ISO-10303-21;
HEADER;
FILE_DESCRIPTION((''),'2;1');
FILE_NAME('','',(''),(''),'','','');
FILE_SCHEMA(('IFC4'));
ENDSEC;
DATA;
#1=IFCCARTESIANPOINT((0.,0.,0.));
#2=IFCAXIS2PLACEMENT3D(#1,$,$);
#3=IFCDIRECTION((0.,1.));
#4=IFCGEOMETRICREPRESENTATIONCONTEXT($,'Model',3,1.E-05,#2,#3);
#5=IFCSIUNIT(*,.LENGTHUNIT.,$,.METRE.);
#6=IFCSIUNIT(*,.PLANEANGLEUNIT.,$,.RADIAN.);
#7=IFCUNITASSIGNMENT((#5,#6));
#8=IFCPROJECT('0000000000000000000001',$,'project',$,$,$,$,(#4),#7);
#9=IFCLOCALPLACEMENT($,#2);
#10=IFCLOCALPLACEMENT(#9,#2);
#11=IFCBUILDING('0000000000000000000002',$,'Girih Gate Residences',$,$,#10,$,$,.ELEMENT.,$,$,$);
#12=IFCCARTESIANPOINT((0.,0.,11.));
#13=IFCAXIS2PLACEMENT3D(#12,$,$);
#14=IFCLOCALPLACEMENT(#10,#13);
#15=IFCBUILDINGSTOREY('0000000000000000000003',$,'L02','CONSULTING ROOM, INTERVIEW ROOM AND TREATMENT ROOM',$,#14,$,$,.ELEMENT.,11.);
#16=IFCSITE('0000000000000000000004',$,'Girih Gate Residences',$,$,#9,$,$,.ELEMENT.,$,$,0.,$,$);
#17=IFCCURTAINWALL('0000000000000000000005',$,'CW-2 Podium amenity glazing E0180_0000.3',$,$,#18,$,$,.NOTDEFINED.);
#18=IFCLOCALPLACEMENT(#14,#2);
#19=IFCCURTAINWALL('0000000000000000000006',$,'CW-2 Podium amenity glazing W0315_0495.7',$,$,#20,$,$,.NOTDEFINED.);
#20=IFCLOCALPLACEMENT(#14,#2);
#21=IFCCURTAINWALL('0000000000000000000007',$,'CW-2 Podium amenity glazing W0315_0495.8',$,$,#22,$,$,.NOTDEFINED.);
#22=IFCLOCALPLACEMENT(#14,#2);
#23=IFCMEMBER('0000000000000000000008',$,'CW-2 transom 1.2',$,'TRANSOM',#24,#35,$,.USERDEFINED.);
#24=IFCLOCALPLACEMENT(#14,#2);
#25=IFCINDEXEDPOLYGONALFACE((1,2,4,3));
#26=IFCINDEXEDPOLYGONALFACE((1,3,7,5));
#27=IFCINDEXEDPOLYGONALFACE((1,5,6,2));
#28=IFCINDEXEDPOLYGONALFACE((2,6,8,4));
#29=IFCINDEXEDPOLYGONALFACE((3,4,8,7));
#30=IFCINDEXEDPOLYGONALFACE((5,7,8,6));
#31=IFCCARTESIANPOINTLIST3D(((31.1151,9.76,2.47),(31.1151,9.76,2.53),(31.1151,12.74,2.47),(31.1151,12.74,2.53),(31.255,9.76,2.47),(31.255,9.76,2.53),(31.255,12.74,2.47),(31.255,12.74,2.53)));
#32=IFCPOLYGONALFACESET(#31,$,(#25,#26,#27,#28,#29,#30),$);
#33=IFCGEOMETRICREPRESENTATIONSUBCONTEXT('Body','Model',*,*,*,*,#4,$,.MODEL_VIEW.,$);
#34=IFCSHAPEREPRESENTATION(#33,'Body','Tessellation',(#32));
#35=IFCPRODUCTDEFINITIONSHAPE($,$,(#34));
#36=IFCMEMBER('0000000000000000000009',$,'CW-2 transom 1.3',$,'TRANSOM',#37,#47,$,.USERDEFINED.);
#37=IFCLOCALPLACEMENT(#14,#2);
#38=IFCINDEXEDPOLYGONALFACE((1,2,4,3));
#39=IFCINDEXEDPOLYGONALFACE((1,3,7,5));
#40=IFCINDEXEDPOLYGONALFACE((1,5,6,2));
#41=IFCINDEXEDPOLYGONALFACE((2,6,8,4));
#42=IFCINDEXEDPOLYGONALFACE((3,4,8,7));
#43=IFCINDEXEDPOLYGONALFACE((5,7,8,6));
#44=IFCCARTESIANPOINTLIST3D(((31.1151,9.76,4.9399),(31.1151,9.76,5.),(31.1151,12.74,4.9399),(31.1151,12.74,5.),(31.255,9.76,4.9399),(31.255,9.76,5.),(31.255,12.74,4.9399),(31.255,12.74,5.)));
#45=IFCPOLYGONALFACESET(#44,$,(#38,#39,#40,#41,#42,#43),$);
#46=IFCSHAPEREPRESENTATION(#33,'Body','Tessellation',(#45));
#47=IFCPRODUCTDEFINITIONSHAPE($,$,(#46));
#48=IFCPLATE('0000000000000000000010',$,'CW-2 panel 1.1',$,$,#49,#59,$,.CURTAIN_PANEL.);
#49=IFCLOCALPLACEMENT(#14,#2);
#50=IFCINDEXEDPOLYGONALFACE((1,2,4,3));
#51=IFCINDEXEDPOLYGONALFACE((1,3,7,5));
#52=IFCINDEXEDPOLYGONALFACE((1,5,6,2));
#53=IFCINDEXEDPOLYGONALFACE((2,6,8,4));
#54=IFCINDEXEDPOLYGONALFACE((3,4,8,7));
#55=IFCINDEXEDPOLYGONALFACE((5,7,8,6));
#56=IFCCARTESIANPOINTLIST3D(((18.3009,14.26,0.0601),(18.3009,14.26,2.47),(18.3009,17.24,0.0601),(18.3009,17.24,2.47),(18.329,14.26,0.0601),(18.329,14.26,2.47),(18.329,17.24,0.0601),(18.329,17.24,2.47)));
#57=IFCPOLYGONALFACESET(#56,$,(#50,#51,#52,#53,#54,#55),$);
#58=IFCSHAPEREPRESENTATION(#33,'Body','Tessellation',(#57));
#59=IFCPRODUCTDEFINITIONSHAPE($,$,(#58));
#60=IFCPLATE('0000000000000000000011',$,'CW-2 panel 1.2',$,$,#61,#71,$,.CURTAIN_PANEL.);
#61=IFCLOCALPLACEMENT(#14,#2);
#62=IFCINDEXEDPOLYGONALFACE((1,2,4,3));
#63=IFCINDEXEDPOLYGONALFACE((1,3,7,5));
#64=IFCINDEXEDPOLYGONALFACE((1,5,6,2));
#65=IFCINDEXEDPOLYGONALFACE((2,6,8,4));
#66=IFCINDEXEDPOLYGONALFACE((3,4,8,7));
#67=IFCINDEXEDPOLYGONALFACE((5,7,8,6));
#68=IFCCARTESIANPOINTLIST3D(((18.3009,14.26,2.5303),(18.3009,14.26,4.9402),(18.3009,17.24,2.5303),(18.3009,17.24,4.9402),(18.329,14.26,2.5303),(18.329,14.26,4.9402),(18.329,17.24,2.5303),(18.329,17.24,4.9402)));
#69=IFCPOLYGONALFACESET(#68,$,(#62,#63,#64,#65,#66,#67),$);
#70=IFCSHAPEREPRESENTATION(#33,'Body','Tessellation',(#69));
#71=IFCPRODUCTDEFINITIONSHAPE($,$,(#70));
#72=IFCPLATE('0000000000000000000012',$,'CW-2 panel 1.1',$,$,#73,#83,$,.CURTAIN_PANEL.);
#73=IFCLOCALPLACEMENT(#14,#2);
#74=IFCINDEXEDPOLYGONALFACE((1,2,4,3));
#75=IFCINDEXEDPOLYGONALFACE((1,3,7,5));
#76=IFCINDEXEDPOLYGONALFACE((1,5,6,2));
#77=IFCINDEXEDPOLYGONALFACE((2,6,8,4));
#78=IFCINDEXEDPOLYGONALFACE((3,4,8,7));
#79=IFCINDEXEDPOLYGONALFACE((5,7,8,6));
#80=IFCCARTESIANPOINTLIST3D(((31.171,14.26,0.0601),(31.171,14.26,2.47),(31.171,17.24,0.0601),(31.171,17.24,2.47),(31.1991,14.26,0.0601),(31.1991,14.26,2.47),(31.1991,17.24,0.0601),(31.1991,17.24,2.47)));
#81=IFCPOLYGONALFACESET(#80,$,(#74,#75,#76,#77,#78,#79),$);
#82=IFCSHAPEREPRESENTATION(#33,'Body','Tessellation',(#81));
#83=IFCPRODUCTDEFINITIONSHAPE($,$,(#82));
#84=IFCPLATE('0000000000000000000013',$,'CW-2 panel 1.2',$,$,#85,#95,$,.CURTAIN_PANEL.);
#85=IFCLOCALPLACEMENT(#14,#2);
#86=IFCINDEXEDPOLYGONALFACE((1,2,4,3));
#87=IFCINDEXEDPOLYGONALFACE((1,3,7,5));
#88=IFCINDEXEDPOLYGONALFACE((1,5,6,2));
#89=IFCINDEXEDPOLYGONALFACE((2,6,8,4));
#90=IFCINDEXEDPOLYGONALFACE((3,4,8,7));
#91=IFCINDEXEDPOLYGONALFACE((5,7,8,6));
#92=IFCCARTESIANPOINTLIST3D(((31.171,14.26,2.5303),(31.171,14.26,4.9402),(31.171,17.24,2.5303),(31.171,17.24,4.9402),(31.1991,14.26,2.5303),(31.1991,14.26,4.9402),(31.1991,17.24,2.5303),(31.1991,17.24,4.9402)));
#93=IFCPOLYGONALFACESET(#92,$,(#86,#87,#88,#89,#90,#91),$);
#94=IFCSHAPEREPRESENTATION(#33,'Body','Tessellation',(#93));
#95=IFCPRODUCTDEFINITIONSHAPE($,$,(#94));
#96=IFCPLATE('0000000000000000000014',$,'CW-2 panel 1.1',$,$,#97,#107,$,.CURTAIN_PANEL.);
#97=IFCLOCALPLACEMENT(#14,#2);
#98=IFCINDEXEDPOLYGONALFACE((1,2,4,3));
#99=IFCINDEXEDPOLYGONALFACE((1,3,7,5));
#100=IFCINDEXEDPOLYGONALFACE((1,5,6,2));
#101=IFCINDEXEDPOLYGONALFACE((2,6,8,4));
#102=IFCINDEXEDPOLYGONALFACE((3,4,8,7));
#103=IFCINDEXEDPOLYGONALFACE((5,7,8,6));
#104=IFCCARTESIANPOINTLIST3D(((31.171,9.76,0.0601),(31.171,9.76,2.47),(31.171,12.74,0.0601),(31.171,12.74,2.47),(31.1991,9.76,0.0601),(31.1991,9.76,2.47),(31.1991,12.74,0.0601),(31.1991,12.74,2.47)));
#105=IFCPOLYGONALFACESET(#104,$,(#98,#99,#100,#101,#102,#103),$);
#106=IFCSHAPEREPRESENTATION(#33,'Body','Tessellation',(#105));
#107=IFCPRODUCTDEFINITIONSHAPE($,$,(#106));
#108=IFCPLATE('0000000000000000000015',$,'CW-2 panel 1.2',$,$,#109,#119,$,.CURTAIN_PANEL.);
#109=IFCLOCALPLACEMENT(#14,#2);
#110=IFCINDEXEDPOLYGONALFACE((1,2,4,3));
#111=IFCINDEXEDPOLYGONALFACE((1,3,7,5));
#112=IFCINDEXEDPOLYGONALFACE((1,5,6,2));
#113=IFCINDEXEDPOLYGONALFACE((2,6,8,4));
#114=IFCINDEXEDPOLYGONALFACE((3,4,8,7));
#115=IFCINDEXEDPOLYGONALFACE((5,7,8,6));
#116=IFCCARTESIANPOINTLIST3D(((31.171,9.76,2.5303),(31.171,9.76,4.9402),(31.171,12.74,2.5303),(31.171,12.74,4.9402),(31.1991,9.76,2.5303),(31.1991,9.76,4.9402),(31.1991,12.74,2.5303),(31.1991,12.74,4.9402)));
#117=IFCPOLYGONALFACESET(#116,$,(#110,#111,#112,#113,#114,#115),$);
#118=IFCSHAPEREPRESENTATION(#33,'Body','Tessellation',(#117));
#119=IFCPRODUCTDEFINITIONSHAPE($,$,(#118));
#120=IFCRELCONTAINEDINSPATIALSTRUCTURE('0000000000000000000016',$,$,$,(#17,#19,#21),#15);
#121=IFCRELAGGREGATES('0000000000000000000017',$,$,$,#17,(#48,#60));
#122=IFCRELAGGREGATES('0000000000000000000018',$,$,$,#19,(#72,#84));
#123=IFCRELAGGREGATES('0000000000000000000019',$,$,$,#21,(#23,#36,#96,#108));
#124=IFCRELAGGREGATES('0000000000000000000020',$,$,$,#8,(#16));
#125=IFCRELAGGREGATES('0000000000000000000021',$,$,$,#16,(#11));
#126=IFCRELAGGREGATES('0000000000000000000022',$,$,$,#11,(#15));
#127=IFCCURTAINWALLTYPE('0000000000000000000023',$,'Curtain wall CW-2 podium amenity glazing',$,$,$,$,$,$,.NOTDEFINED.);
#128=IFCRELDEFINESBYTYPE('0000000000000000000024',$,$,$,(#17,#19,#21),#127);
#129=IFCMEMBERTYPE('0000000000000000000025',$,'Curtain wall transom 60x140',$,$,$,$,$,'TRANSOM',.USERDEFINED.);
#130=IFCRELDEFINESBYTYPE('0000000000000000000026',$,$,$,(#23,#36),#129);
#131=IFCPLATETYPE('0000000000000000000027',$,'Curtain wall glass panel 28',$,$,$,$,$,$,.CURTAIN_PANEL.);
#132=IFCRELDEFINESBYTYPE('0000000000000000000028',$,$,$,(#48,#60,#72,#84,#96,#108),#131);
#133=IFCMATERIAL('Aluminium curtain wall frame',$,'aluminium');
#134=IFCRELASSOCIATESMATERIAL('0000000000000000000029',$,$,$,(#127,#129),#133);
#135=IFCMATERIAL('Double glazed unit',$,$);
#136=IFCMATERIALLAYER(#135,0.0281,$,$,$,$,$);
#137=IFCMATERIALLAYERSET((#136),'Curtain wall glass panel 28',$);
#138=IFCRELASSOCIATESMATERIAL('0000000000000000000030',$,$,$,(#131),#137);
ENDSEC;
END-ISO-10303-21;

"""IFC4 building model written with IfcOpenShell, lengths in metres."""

from ifc_helpers import new_model, si_unit, direction, frame, origin, origin_2d, place, context, subcontext, project, spatial, rectangle, extrude, material, layer, layer_set, material_profile, profile_set, type_object, element, aggregate, save


model = new_model("IFC4")

# Units and contexts
model_context = context("Model", 3, precision=1e-05, world=origin(), true_north=direction((0.0, 1.0)))
body_context = subcontext(model_context, "Body", "Model", "MODEL_VIEW")
ifc_project = project(units=[si_unit("LENGTHUNIT", "METRE"), si_unit("PLANEANGLEUNIT", "RADIAN")], contexts=[model_context])

# Site, building, storey
site_placement = place(None, origin())
site = spatial("IfcSite", under=ifc_project, at=site_placement, Name="Girih Gate Residences", CompositionType="ELEMENT", RefElevation=0.0)
building_placement = place(site_placement, origin())
building = spatial("IfcBuilding", under=site, at=building_placement, Name="Girih Gate Residences", CompositionType="ELEMENT")
storey_placement = place(building_placement, frame((0.0, 0.0, 11.0)))
storey = spatial("IfcBuildingStorey", under=building, at=storey_placement, Name="L02", Description="CONSULTING ROOM, INTERVIEW ROOM AND TREATMENT ROOM", CompositionType="ELEMENT", Elevation=11.0)

# Shared definitions
ifc_material_1 = material(Name="Aluminium curtain wall frame", Category="aluminium")
curtain_wall_type = type_object("IfcCurtainWallType", Name="Curtain wall CW-2 podium amenity glazing", PredefinedType="NOTDEFINED", material=ifc_material_1)

# Curtain walls
curtain_wall_1_placement = place(storey_placement, origin())
curtain_wall_1 = element("IfcCurtainWall", 1, at=curtain_wall_1_placement, inside=storey, type_object=curtain_wall_type, Name="CW-2 Podium amenity glazing E0180_0000.3", PredefinedType="NOTDEFINED")
curtain_wall_2_placement = place(storey_placement, origin())
curtain_wall_2 = element("IfcCurtainWall", 2, at=curtain_wall_2_placement, inside=storey, type_object=curtain_wall_type, Name="CW-2 Podium amenity glazing W0315_0495.7", PredefinedType="NOTDEFINED")

# Curtain wall
curtain_wall_3_placement = place(storey_placement, origin())
curtain_wall_3 = element("IfcCurtainWall", 3, at=curtain_wall_3_placement, inside=storey, type_object=curtain_wall_type, Name="CW-2 Podium amenity glazing W0315_0495.8", PredefinedType="NOTDEFINED")

# Members
ifc_material_profile_1 = material_profile(ifc_material_1, rectangle(XDim=0.1399, YDim=0.0601, at=origin_2d()))
ifc_profile_set_1 = profile_set([ifc_material_profile_1], Name="Aluminium curtain wall frame")
member_type_1 = type_object("IfcMemberType", Name="Curtain wall transom 60x140", ElementType="TRANSOM", PredefinedType="USERDEFINED", material=ifc_profile_set_1)
member_1_placement = place(storey_placement, frame((31.1851, 12.74, 2.5), z_axis=(0.0, -1.0, 0.0), x_axis=(1.0, 0.0, 0.0)))
member_1 = element("IfcMember", 4, at=member_1_placement, type_object=member_type_1, Name="CW-2 transom 1.2", ObjectType="TRANSOM", PredefinedType="USERDEFINED", context=body_context, shape_type="SweptSolid", body=[
    extrude(rectangle(XDim=0.1399, YDim=0.0601, at=origin_2d()), origin(), (0.0, 0.0, 1.0), 2.98),
])
member_2_placement = place(storey_placement, frame((31.1851, 12.74, 4.97), z_axis=(0.0, -1.0, 0.0), x_axis=(1.0, 0.0, 0.0)))
member_2 = element("IfcMember", 5, at=member_2_placement, type_object=member_type_1, Name="CW-2 transom 1.3", ObjectType="TRANSOM", PredefinedType="USERDEFINED", context=body_context, shape_type="SweptSolid", body=[
    extrude(rectangle(XDim=0.1399, YDim=0.0601, at=origin_2d()), origin(), (0.0, 0.0, 1.0), 2.98),
])

# Plates
ifc_material_2 = material(Name="Double glazed unit")
ifc_layer = layer(ifc_material_2, 0.0281)
ifc_layer_set = layer_set([ifc_layer], Name="Curtain wall glass panel 28")
plate_type = type_object("IfcPlateType", Name="Curtain wall glass panel 28", PredefinedType="CURTAIN_PANEL", material=ifc_layer_set)
plate_1_placement = place(storey_placement, frame((18.3149, 15.75, 0.0601), z_axis=(0.0, 0.0, 1.0), x_axis=(0.0, 1.0, 0.0)))
plate_1 = element("IfcPlate", 6, at=plate_1_placement, type_object=plate_type, Name="CW-2 panel 1.1", PredefinedType="CURTAIN_PANEL", context=body_context, shape_type="SweptSolid", body=[
    extrude(rectangle(XDim=2.98, YDim=0.0281, at=origin_2d()), origin(), (0.0, 0.0, 1.0), 2.4099),
])
plate_2_placement = place(storey_placement, frame((18.3149, 15.75, 2.5303), z_axis=(0.0, 0.0, 1.0), x_axis=(0.0, 1.0, 0.0)))
plate_2 = element("IfcPlate", 7, at=plate_2_placement, type_object=plate_type, Name="CW-2 panel 1.2", PredefinedType="CURTAIN_PANEL", context=body_context, shape_type="SweptSolid", body=[
    extrude(rectangle(XDim=2.98, YDim=0.0281, at=origin_2d()), origin(), (0.0, 0.0, 1.0), 2.4099),
])
aggregate(curtain_wall_1, [plate_1, plate_2])
plate_3_placement = place(storey_placement, frame((31.1851, 15.75, 0.0601), z_axis=(0.0, 0.0, 1.0), x_axis=(0.0, -1.0, 0.0)))
plate_3 = element("IfcPlate", 8, at=plate_3_placement, type_object=plate_type, Name="CW-2 panel 1.1", PredefinedType="CURTAIN_PANEL", context=body_context, shape_type="SweptSolid", body=[
    extrude(rectangle(XDim=2.98, YDim=0.0281, at=origin_2d()), origin(), (0.0, 0.0, 1.0), 2.4099),
])
plate_4_placement = place(storey_placement, frame((31.1851, 15.75, 2.5303), z_axis=(0.0, 0.0, 1.0), x_axis=(0.0, -1.0, 0.0)))
plate_4 = element("IfcPlate", 9, at=plate_4_placement, type_object=plate_type, Name="CW-2 panel 1.2", PredefinedType="CURTAIN_PANEL", context=body_context, shape_type="SweptSolid", body=[
    extrude(rectangle(XDim=2.98, YDim=0.0281, at=origin_2d()), origin(), (0.0, 0.0, 1.0), 2.4099),
])
aggregate(curtain_wall_2, [plate_3, plate_4])
plate_5_placement = place(storey_placement, frame((31.1851, 11.25, 0.0601), z_axis=(0.0, 0.0, 1.0), x_axis=(0.0, -1.0, 0.0)))
plate_5 = element("IfcPlate", 10, at=plate_5_placement, type_object=plate_type, Name="CW-2 panel 1.1", PredefinedType="CURTAIN_PANEL", context=body_context, shape_type="SweptSolid", body=[
    extrude(rectangle(XDim=2.98, YDim=0.0281, at=origin_2d()), origin(), (0.0, 0.0, 1.0), 2.4099),
])
plate_6_placement = place(storey_placement, frame((31.1851, 11.25, 2.5303), z_axis=(0.0, 0.0, 1.0), x_axis=(0.0, -1.0, 0.0)))
plate_6 = element("IfcPlate", 11, at=plate_6_placement, type_object=plate_type, Name="CW-2 panel 1.2", PredefinedType="CURTAIN_PANEL", context=body_context, shape_type="SweptSolid", body=[
    extrude(rectangle(XDim=2.98, YDim=0.0281, at=origin_2d()), origin(), (0.0, 0.0, 1.0), 2.4099),
])
aggregate(curtain_wall_3, [member_1, member_2, plate_5, plate_6])

save(model, "model.ifc")
